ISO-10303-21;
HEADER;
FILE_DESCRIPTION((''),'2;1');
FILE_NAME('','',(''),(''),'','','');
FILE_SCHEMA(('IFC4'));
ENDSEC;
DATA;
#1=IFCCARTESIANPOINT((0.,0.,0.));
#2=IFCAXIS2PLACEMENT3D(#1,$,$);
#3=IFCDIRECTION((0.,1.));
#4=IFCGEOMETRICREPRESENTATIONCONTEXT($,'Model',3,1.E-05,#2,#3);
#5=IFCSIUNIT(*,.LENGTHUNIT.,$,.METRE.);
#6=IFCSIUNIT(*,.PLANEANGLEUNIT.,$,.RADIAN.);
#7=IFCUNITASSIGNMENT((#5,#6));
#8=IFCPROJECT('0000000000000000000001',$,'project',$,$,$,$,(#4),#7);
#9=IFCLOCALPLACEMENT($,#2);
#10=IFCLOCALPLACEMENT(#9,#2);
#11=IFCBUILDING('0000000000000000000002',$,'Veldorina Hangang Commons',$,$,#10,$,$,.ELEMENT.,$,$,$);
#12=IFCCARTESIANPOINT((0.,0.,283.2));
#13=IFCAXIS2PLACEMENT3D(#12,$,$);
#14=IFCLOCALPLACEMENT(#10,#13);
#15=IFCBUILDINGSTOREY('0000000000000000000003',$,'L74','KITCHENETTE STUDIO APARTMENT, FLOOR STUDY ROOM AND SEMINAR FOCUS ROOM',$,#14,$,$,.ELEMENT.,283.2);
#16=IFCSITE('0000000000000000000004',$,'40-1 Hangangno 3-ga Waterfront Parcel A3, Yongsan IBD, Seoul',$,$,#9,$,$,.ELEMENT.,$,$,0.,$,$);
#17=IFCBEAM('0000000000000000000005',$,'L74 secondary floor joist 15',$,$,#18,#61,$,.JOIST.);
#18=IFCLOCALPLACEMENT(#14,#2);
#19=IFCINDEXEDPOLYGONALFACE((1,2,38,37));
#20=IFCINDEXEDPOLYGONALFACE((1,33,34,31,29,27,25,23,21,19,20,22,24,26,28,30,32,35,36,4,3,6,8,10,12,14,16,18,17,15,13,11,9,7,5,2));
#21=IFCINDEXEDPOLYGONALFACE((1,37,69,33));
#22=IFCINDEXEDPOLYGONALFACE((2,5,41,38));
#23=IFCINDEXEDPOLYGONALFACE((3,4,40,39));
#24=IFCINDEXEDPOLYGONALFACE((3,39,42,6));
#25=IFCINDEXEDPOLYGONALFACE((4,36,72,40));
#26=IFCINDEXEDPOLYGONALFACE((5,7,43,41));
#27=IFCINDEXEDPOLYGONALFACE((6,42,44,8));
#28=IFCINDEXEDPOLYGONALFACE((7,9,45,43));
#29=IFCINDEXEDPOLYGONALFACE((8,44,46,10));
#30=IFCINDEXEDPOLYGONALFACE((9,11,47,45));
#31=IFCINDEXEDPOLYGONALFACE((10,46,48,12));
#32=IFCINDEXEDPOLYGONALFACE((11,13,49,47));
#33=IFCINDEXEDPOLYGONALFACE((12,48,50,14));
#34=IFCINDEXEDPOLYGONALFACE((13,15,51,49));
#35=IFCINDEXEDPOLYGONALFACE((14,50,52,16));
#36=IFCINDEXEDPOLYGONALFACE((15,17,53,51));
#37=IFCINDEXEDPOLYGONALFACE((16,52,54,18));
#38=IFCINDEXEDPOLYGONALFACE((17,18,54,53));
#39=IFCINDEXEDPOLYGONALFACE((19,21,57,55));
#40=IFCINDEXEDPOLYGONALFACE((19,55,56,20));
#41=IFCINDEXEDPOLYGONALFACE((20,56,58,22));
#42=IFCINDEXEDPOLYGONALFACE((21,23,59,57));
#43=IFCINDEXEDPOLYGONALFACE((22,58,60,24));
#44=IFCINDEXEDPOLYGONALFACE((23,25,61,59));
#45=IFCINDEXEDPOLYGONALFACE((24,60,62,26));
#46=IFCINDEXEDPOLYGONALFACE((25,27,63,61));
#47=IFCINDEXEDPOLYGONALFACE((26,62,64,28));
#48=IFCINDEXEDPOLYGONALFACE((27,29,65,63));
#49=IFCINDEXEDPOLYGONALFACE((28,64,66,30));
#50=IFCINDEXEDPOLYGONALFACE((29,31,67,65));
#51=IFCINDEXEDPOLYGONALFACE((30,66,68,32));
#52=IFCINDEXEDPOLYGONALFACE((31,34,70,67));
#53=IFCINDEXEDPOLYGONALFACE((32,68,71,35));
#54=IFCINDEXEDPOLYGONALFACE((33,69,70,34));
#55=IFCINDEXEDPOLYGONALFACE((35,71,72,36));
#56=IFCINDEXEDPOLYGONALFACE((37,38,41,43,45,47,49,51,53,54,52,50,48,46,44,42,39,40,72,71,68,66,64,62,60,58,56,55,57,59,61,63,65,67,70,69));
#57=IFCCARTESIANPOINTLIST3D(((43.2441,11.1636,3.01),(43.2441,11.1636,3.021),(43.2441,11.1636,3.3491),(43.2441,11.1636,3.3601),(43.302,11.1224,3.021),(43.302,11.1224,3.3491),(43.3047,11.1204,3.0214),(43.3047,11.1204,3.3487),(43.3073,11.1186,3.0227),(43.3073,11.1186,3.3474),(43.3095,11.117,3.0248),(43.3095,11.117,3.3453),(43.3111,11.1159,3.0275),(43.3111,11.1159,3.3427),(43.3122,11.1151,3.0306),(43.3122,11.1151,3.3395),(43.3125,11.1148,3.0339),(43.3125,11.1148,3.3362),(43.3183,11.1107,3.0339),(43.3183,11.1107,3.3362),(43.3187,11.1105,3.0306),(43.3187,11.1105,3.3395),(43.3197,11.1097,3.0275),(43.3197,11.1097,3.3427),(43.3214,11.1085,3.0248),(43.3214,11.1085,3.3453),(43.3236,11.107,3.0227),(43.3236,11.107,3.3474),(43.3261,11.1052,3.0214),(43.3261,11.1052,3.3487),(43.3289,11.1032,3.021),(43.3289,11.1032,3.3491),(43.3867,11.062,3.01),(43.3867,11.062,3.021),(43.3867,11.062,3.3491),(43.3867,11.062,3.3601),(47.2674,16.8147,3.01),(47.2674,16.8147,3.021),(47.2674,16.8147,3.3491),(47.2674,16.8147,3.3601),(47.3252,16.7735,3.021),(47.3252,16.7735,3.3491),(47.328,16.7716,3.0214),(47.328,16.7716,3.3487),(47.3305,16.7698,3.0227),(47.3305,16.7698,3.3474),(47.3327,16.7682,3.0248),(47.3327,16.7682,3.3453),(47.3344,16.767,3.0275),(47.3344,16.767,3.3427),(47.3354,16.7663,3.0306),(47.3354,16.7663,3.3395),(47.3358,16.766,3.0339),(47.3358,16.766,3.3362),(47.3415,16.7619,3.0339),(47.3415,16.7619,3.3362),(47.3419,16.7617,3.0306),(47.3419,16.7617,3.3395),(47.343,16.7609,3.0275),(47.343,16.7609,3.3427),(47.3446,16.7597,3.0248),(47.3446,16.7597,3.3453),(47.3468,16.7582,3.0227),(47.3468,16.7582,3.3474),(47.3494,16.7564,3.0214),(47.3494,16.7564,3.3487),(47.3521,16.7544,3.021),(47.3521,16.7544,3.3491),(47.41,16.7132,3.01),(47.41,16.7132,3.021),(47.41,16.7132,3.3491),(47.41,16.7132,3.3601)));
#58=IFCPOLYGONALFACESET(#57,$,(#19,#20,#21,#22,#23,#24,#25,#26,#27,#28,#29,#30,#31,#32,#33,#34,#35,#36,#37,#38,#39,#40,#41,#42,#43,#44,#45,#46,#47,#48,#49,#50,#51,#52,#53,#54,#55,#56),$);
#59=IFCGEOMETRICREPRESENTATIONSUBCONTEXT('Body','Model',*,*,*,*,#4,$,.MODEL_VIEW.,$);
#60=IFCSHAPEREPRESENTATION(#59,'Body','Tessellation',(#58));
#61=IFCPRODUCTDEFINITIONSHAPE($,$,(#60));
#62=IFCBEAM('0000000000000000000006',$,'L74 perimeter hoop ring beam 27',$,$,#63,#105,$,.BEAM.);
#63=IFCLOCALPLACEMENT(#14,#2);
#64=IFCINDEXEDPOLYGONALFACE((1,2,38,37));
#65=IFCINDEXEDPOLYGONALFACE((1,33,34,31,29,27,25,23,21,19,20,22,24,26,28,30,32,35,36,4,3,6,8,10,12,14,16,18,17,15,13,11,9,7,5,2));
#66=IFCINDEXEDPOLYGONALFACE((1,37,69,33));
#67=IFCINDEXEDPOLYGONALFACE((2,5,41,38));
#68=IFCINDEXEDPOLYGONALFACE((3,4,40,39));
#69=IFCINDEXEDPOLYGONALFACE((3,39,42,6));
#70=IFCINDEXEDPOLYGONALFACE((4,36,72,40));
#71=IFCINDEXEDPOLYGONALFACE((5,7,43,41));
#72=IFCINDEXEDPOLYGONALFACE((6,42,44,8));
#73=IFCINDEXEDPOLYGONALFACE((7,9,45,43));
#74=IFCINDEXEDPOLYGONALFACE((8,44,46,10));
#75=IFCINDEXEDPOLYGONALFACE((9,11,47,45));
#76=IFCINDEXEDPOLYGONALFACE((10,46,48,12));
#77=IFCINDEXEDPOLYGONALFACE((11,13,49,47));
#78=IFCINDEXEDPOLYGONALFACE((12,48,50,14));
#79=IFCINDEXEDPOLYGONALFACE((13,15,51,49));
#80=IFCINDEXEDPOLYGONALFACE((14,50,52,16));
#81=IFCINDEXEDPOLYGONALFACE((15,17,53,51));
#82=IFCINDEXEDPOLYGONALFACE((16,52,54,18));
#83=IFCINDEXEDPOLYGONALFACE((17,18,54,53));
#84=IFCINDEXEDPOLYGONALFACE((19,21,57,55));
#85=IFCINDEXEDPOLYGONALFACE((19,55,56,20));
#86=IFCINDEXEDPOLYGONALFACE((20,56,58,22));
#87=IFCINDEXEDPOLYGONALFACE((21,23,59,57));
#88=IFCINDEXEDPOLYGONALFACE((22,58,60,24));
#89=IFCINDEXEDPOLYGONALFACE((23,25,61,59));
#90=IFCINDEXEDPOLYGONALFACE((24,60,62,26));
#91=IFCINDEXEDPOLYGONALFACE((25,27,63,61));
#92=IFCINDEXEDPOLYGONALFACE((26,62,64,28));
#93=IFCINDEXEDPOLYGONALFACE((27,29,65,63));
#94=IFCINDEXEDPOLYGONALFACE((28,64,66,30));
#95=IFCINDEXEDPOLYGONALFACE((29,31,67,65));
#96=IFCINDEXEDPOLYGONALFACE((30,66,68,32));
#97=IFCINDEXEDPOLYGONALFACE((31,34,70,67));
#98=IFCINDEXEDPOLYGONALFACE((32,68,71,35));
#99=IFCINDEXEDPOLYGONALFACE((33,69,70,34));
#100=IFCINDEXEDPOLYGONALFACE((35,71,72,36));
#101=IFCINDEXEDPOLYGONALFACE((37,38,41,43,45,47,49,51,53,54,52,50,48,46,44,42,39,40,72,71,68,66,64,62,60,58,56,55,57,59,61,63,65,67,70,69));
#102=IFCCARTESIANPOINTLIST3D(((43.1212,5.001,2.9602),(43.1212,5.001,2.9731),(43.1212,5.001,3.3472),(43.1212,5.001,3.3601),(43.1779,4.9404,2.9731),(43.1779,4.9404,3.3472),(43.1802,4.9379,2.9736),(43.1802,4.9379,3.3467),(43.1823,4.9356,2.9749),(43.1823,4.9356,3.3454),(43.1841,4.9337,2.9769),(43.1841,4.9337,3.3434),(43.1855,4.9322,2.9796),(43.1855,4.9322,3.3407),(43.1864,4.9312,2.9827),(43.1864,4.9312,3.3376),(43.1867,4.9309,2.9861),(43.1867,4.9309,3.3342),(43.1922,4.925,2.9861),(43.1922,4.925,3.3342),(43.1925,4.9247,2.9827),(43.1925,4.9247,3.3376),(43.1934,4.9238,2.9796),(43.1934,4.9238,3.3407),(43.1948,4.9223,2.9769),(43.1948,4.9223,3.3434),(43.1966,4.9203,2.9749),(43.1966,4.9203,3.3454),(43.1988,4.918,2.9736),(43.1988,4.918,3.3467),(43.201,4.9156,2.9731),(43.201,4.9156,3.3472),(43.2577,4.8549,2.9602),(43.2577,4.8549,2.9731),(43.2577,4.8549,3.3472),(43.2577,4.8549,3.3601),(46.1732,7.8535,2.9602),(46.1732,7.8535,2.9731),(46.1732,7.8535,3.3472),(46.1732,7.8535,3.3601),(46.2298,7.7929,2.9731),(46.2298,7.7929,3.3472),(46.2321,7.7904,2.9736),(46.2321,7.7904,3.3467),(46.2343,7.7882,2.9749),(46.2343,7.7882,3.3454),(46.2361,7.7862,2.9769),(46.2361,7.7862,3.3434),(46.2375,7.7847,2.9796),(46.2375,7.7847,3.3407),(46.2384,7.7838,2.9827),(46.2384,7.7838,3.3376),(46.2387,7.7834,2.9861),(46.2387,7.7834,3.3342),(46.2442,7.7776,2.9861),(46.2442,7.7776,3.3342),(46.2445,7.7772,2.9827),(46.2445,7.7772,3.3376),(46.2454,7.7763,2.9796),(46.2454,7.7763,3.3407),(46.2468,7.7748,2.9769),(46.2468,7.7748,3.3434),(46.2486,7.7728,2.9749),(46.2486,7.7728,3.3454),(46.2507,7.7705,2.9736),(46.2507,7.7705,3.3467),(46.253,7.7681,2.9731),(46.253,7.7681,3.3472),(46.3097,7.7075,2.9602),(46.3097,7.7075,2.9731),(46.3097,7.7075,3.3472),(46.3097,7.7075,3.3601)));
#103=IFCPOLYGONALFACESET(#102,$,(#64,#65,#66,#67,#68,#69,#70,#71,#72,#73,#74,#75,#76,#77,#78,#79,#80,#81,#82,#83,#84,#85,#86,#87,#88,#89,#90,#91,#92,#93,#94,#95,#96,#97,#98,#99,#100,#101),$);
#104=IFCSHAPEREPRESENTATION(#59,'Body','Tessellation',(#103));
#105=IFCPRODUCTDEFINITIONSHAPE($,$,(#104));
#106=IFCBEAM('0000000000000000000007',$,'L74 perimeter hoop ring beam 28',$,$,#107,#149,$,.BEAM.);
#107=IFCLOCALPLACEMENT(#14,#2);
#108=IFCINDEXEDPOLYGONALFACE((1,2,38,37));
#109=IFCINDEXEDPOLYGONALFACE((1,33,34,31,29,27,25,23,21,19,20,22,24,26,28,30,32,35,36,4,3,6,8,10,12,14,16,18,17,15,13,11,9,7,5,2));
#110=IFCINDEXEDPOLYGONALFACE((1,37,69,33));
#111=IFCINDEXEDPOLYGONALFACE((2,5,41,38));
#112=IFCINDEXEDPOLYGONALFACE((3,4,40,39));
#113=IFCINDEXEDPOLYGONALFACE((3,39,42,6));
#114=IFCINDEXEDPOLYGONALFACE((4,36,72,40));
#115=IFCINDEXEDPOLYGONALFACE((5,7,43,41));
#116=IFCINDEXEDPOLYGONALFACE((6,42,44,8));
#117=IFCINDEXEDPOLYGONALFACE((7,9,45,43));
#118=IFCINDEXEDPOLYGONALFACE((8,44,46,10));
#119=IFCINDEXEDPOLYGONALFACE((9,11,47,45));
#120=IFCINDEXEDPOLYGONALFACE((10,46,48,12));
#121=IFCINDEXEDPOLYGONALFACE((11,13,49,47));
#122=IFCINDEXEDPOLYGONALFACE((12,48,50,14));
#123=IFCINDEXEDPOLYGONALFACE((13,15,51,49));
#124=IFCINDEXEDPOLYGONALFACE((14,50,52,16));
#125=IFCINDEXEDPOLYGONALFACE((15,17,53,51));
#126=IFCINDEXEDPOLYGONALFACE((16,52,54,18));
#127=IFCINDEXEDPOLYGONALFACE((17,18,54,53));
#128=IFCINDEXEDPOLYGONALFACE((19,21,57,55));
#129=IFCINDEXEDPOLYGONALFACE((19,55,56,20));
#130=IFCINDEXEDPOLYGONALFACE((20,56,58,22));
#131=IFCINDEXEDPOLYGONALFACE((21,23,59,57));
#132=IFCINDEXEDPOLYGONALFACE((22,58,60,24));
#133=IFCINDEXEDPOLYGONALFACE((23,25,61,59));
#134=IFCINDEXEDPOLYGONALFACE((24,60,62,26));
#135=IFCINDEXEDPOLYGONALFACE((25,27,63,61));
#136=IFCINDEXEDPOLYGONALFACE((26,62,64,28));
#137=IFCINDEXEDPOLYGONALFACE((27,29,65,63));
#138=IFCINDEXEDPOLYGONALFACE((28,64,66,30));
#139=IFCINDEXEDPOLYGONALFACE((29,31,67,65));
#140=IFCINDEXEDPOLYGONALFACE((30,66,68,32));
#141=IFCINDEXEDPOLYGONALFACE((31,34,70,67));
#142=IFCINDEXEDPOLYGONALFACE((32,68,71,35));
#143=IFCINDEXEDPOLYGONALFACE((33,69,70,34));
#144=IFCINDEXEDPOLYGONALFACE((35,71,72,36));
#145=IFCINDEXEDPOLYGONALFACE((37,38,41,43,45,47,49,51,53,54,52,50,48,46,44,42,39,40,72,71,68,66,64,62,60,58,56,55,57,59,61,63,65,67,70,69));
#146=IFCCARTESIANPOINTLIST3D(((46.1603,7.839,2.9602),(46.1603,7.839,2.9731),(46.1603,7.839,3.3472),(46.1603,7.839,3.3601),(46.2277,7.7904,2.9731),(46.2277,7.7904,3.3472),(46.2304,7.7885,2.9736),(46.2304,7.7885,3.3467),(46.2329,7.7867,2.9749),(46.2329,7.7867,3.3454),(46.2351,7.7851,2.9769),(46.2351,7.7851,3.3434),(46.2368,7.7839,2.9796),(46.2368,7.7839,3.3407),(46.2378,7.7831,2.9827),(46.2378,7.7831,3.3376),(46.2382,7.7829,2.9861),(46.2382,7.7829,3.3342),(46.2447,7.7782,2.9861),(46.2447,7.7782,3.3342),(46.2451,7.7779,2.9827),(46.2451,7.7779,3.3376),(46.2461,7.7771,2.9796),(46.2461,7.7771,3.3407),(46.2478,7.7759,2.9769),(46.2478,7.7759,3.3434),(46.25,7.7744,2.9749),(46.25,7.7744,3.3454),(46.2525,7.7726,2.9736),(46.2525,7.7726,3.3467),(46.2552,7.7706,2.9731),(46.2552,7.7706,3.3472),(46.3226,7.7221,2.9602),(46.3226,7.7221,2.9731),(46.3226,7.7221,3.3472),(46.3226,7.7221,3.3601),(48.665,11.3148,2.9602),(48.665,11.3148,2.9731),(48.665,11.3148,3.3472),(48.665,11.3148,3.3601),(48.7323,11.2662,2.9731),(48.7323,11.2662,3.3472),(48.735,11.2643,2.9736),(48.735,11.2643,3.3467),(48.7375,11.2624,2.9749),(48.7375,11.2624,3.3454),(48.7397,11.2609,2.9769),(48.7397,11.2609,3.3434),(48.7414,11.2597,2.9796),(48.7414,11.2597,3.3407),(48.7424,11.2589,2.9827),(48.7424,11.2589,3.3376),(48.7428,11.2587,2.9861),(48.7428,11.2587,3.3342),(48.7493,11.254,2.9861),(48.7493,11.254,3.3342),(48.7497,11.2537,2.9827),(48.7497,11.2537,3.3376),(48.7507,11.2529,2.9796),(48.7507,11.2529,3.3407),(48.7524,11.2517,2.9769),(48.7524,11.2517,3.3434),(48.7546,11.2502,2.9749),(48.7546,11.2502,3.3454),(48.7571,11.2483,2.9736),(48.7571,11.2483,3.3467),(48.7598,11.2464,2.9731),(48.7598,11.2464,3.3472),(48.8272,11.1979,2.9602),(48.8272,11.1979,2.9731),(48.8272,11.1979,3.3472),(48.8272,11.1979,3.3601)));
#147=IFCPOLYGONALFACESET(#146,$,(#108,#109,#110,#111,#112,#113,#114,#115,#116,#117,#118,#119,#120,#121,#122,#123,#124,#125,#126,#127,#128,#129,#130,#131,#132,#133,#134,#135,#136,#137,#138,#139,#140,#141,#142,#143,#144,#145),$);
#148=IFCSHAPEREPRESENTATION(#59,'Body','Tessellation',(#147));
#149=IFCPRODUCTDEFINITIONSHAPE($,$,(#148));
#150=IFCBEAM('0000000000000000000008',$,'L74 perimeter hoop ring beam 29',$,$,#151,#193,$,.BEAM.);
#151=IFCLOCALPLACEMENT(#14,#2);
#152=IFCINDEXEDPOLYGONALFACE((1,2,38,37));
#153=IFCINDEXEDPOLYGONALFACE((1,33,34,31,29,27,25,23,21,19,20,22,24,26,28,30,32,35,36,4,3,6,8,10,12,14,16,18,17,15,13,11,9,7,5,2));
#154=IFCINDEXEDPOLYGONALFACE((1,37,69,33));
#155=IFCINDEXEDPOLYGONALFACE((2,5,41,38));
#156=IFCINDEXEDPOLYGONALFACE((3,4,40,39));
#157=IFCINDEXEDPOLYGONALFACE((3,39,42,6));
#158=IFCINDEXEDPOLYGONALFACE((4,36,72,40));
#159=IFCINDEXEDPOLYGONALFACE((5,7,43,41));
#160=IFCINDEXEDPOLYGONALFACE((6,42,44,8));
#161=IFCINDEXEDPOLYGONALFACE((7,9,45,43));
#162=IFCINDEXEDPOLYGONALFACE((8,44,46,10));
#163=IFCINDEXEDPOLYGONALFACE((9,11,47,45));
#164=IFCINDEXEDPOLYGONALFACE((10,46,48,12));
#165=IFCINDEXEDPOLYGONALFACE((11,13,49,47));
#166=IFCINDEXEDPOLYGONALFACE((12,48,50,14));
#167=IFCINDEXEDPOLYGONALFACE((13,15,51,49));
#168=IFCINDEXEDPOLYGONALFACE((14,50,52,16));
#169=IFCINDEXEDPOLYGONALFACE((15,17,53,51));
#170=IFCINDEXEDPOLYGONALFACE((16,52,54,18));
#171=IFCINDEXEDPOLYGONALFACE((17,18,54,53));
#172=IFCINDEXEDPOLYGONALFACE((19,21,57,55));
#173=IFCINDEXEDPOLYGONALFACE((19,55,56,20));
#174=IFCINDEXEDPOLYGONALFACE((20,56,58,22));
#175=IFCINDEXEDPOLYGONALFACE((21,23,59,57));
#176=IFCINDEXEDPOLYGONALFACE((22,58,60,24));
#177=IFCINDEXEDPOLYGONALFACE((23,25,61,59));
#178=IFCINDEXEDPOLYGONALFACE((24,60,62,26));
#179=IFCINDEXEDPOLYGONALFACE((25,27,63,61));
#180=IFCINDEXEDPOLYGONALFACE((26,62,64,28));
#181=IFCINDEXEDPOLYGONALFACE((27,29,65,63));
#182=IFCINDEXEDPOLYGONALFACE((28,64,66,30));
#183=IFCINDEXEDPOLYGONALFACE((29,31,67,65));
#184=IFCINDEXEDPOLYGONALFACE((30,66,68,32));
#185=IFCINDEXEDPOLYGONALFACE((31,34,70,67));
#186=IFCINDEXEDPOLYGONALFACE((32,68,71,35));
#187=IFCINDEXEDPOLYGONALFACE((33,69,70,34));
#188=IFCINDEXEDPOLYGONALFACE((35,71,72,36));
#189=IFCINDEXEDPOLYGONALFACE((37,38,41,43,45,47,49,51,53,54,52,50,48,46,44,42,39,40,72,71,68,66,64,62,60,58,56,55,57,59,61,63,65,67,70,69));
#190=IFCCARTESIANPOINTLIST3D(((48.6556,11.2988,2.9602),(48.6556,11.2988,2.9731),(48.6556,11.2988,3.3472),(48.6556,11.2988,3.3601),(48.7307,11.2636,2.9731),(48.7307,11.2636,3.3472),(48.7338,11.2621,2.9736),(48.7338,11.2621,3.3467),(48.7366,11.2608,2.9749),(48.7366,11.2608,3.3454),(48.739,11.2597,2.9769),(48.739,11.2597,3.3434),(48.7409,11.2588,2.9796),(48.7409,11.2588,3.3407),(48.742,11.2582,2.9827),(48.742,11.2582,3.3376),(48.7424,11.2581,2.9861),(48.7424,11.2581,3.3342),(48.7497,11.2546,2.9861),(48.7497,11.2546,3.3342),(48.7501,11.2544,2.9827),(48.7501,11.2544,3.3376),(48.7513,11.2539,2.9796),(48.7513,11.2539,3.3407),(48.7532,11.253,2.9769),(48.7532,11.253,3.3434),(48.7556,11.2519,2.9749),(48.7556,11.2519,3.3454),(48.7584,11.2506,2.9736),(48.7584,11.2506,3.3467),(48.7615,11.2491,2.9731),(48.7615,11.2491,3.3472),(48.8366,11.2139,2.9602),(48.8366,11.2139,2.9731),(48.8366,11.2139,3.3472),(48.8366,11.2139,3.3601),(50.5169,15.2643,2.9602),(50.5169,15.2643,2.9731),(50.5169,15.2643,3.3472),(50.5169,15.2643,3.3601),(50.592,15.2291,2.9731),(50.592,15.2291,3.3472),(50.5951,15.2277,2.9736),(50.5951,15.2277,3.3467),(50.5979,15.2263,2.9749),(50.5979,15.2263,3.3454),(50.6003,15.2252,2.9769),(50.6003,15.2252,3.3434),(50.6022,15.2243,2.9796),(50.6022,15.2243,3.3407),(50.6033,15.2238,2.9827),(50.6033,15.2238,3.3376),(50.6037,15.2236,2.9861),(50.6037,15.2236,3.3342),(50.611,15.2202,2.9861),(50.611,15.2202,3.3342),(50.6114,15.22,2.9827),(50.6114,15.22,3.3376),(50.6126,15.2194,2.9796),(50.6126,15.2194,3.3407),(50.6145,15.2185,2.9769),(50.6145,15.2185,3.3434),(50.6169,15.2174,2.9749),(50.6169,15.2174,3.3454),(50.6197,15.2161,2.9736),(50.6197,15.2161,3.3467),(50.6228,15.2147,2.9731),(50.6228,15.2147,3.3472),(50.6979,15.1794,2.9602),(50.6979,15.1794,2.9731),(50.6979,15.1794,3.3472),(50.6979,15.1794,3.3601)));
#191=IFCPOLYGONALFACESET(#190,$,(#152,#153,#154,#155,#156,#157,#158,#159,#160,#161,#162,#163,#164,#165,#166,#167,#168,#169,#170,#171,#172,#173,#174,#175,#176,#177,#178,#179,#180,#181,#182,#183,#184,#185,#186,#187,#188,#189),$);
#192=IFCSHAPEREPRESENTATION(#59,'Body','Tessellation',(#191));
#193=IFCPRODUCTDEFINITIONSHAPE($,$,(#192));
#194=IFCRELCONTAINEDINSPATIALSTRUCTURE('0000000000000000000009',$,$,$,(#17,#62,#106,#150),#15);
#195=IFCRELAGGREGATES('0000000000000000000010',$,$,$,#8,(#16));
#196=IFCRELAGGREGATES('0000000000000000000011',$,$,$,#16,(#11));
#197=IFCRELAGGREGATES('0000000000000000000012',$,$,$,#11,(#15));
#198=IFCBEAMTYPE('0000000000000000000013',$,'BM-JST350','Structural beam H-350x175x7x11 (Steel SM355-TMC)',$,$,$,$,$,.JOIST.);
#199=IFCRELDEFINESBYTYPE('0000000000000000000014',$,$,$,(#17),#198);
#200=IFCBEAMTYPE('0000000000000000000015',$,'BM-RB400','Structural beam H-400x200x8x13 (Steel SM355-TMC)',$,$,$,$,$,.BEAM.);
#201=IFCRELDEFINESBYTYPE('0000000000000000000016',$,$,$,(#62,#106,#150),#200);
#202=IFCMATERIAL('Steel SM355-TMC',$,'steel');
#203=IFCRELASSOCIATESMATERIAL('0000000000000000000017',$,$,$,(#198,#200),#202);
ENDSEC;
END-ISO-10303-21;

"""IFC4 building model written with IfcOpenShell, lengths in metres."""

from ifc_helpers import new_model, si_unit, direction, frame, origin, origin_2d, place, context, subcontext, project, spatial, i_section, extrude, material, material_profile, profile_set, type_object, element, save


model = new_model("IFC4")

# Units and contexts
model_context = context("Model", 3, precision=1e-05, world=origin(), true_north=direction((0.0, 1.0)))
body_context = subcontext(model_context, "Body", "Model", "MODEL_VIEW")
ifc_project = project(units=[si_unit("LENGTHUNIT", "METRE"), si_unit("PLANEANGLEUNIT", "RADIAN")], contexts=[model_context])

# Site, building, storey
site_placement = place(None, origin())
site = spatial("IfcSite", under=ifc_project, at=site_placement, Name="40-1 Hangangno 3-ga Waterfront Parcel A3, Yongsan IBD, Seoul", CompositionType="ELEMENT", RefElevation=0.0)
building_placement = place(site_placement, origin())
building = spatial("IfcBuilding", under=site, at=building_placement, Name="Veldorina Hangang Commons", CompositionType="ELEMENT")
storey_placement = place(building_placement, frame((0.0, 0.0, 283.2)))
storey = spatial("IfcBuildingStorey", under=building, at=storey_placement, Name="L74", Description="KITCHENETTE STUDIO APARTMENT, FLOOR STUDY ROOM AND SEMINAR FOCUS ROOM", CompositionType="ELEMENT", Elevation=283.2)

# Beams
ifc_material_1 = material(Name="Steel SM355-TMC", Category="steel")
ifc_material_profile_1 = material_profile(ifc_material_1, i_section(OverallWidth=0.175, OverallDepth=0.3501, WebThickness=0.0071, FlangeThickness=0.011, FilletRadius=0.0129, at=origin_2d()), Name="H-350x175x7x11")
ifc_profile_set_1 = profile_set([ifc_material_profile_1], Name="Steel SM355-TMC")
beam_type_1 = type_object("IfcBeamType", Name="BM-JST350", Description="Structural beam H-350x175x7x11 (Steel SM355-TMC)", PredefinedType="JOIST", material=ifc_profile_set_1)
beam_1_placement = place(storey_placement, frame((43.3154, 11.1128, 3.1851), z_axis=(0.579966, 0.814641, 0.0), x_axis=(-0.814641, 0.579966, 0.0)))
element("IfcBeam", 1, at=beam_1_placement, inside=storey, type_object=beam_type_1, Name="L74 secondary floor joist 15", PredefinedType="JOIST", context=body_context, shape_type="SweptSolid", body=[
    extrude(i_section(OverallWidth=0.175, OverallDepth=0.3501, WebThickness=0.0071, FlangeThickness=0.011, FilletRadius=0.0129, at=origin_2d()), origin(), (0.0, 0.0, 1.0), 6.937),
])
ifc_material_profile_2 = material_profile(ifc_material_1, i_section(OverallWidth=0.2, OverallDepth=0.3999, WebThickness=0.0081, FlangeThickness=0.0129, FilletRadius=0.0129, at=origin_2d()), Name="H-400x200x8x13")
ifc_profile_set_2 = profile_set([ifc_material_profile_2], Name="Steel SM355-TMC")
beam_type_2 = type_object("IfcBeamType", Name="BM-RB400", Description="Structural beam H-400x200x8x13 (Steel SM355-TMC)", PredefinedType="BEAM", material=ifc_profile_set_2)
beam_2_placement = place(storey_placement, frame((43.1895, 4.928, 3.1602), z_axis=(0.730577, 0.68283, 0.0), x_axis=(-0.68283, 0.730577, 0.0)))
element("IfcBeam", 2, at=beam_2_placement, inside=storey, type_object=beam_type_2, Name="L74 perimeter hoop ring beam 27", PredefinedType="BEAM", context=body_context, shape_type="SweptSolid", body=[
    extrude(i_section(OverallWidth=0.2, OverallDepth=0.3999, WebThickness=0.0081, FlangeThickness=0.0129, FilletRadius=0.0129, at=origin_2d()), origin(), (0.0, 0.0, 1.0), 4.1775),
])
beam_3_placement = place(storey_placement, frame((46.2415, 7.7805, 3.1602), z_axis=(0.584618, 0.811308, 0.0), x_axis=(-0.811308, 0.584618, 0.0)))
element("IfcBeam", 3, at=beam_3_placement, inside=storey, type_object=beam_type_2, Name="L74 perimeter hoop ring beam 28", PredefinedType="BEAM", context=body_context, shape_type="SweptSolid", body=[
    extrude(i_section(OverallWidth=0.2, OverallDepth=0.3999, WebThickness=0.0081, FlangeThickness=0.0129, FilletRadius=0.0129, at=origin_2d()), origin(), (0.0, 0.0, 1.0), 4.2842),
])
beam_4_placement = place(storey_placement, frame((48.7461, 11.2563, 3.1602), z_axis=(0.424895, 0.905243, 0.0), x_axis=(-0.905243, 0.424895, 0.0)))
element("IfcBeam", 4, at=beam_4_placement, inside=storey, type_object=beam_type_2, Name="L74 perimeter hoop ring beam 29", PredefinedType="BEAM", context=body_context, shape_type="SweptSolid", body=[
    extrude(i_section(OverallWidth=0.2, OverallDepth=0.3999, WebThickness=0.0081, FlangeThickness=0.0129, FilletRadius=0.0129, at=origin_2d()), origin(), (0.0, 0.0, 1.0), 4.3806),
])

save(model, "model.ifc")
